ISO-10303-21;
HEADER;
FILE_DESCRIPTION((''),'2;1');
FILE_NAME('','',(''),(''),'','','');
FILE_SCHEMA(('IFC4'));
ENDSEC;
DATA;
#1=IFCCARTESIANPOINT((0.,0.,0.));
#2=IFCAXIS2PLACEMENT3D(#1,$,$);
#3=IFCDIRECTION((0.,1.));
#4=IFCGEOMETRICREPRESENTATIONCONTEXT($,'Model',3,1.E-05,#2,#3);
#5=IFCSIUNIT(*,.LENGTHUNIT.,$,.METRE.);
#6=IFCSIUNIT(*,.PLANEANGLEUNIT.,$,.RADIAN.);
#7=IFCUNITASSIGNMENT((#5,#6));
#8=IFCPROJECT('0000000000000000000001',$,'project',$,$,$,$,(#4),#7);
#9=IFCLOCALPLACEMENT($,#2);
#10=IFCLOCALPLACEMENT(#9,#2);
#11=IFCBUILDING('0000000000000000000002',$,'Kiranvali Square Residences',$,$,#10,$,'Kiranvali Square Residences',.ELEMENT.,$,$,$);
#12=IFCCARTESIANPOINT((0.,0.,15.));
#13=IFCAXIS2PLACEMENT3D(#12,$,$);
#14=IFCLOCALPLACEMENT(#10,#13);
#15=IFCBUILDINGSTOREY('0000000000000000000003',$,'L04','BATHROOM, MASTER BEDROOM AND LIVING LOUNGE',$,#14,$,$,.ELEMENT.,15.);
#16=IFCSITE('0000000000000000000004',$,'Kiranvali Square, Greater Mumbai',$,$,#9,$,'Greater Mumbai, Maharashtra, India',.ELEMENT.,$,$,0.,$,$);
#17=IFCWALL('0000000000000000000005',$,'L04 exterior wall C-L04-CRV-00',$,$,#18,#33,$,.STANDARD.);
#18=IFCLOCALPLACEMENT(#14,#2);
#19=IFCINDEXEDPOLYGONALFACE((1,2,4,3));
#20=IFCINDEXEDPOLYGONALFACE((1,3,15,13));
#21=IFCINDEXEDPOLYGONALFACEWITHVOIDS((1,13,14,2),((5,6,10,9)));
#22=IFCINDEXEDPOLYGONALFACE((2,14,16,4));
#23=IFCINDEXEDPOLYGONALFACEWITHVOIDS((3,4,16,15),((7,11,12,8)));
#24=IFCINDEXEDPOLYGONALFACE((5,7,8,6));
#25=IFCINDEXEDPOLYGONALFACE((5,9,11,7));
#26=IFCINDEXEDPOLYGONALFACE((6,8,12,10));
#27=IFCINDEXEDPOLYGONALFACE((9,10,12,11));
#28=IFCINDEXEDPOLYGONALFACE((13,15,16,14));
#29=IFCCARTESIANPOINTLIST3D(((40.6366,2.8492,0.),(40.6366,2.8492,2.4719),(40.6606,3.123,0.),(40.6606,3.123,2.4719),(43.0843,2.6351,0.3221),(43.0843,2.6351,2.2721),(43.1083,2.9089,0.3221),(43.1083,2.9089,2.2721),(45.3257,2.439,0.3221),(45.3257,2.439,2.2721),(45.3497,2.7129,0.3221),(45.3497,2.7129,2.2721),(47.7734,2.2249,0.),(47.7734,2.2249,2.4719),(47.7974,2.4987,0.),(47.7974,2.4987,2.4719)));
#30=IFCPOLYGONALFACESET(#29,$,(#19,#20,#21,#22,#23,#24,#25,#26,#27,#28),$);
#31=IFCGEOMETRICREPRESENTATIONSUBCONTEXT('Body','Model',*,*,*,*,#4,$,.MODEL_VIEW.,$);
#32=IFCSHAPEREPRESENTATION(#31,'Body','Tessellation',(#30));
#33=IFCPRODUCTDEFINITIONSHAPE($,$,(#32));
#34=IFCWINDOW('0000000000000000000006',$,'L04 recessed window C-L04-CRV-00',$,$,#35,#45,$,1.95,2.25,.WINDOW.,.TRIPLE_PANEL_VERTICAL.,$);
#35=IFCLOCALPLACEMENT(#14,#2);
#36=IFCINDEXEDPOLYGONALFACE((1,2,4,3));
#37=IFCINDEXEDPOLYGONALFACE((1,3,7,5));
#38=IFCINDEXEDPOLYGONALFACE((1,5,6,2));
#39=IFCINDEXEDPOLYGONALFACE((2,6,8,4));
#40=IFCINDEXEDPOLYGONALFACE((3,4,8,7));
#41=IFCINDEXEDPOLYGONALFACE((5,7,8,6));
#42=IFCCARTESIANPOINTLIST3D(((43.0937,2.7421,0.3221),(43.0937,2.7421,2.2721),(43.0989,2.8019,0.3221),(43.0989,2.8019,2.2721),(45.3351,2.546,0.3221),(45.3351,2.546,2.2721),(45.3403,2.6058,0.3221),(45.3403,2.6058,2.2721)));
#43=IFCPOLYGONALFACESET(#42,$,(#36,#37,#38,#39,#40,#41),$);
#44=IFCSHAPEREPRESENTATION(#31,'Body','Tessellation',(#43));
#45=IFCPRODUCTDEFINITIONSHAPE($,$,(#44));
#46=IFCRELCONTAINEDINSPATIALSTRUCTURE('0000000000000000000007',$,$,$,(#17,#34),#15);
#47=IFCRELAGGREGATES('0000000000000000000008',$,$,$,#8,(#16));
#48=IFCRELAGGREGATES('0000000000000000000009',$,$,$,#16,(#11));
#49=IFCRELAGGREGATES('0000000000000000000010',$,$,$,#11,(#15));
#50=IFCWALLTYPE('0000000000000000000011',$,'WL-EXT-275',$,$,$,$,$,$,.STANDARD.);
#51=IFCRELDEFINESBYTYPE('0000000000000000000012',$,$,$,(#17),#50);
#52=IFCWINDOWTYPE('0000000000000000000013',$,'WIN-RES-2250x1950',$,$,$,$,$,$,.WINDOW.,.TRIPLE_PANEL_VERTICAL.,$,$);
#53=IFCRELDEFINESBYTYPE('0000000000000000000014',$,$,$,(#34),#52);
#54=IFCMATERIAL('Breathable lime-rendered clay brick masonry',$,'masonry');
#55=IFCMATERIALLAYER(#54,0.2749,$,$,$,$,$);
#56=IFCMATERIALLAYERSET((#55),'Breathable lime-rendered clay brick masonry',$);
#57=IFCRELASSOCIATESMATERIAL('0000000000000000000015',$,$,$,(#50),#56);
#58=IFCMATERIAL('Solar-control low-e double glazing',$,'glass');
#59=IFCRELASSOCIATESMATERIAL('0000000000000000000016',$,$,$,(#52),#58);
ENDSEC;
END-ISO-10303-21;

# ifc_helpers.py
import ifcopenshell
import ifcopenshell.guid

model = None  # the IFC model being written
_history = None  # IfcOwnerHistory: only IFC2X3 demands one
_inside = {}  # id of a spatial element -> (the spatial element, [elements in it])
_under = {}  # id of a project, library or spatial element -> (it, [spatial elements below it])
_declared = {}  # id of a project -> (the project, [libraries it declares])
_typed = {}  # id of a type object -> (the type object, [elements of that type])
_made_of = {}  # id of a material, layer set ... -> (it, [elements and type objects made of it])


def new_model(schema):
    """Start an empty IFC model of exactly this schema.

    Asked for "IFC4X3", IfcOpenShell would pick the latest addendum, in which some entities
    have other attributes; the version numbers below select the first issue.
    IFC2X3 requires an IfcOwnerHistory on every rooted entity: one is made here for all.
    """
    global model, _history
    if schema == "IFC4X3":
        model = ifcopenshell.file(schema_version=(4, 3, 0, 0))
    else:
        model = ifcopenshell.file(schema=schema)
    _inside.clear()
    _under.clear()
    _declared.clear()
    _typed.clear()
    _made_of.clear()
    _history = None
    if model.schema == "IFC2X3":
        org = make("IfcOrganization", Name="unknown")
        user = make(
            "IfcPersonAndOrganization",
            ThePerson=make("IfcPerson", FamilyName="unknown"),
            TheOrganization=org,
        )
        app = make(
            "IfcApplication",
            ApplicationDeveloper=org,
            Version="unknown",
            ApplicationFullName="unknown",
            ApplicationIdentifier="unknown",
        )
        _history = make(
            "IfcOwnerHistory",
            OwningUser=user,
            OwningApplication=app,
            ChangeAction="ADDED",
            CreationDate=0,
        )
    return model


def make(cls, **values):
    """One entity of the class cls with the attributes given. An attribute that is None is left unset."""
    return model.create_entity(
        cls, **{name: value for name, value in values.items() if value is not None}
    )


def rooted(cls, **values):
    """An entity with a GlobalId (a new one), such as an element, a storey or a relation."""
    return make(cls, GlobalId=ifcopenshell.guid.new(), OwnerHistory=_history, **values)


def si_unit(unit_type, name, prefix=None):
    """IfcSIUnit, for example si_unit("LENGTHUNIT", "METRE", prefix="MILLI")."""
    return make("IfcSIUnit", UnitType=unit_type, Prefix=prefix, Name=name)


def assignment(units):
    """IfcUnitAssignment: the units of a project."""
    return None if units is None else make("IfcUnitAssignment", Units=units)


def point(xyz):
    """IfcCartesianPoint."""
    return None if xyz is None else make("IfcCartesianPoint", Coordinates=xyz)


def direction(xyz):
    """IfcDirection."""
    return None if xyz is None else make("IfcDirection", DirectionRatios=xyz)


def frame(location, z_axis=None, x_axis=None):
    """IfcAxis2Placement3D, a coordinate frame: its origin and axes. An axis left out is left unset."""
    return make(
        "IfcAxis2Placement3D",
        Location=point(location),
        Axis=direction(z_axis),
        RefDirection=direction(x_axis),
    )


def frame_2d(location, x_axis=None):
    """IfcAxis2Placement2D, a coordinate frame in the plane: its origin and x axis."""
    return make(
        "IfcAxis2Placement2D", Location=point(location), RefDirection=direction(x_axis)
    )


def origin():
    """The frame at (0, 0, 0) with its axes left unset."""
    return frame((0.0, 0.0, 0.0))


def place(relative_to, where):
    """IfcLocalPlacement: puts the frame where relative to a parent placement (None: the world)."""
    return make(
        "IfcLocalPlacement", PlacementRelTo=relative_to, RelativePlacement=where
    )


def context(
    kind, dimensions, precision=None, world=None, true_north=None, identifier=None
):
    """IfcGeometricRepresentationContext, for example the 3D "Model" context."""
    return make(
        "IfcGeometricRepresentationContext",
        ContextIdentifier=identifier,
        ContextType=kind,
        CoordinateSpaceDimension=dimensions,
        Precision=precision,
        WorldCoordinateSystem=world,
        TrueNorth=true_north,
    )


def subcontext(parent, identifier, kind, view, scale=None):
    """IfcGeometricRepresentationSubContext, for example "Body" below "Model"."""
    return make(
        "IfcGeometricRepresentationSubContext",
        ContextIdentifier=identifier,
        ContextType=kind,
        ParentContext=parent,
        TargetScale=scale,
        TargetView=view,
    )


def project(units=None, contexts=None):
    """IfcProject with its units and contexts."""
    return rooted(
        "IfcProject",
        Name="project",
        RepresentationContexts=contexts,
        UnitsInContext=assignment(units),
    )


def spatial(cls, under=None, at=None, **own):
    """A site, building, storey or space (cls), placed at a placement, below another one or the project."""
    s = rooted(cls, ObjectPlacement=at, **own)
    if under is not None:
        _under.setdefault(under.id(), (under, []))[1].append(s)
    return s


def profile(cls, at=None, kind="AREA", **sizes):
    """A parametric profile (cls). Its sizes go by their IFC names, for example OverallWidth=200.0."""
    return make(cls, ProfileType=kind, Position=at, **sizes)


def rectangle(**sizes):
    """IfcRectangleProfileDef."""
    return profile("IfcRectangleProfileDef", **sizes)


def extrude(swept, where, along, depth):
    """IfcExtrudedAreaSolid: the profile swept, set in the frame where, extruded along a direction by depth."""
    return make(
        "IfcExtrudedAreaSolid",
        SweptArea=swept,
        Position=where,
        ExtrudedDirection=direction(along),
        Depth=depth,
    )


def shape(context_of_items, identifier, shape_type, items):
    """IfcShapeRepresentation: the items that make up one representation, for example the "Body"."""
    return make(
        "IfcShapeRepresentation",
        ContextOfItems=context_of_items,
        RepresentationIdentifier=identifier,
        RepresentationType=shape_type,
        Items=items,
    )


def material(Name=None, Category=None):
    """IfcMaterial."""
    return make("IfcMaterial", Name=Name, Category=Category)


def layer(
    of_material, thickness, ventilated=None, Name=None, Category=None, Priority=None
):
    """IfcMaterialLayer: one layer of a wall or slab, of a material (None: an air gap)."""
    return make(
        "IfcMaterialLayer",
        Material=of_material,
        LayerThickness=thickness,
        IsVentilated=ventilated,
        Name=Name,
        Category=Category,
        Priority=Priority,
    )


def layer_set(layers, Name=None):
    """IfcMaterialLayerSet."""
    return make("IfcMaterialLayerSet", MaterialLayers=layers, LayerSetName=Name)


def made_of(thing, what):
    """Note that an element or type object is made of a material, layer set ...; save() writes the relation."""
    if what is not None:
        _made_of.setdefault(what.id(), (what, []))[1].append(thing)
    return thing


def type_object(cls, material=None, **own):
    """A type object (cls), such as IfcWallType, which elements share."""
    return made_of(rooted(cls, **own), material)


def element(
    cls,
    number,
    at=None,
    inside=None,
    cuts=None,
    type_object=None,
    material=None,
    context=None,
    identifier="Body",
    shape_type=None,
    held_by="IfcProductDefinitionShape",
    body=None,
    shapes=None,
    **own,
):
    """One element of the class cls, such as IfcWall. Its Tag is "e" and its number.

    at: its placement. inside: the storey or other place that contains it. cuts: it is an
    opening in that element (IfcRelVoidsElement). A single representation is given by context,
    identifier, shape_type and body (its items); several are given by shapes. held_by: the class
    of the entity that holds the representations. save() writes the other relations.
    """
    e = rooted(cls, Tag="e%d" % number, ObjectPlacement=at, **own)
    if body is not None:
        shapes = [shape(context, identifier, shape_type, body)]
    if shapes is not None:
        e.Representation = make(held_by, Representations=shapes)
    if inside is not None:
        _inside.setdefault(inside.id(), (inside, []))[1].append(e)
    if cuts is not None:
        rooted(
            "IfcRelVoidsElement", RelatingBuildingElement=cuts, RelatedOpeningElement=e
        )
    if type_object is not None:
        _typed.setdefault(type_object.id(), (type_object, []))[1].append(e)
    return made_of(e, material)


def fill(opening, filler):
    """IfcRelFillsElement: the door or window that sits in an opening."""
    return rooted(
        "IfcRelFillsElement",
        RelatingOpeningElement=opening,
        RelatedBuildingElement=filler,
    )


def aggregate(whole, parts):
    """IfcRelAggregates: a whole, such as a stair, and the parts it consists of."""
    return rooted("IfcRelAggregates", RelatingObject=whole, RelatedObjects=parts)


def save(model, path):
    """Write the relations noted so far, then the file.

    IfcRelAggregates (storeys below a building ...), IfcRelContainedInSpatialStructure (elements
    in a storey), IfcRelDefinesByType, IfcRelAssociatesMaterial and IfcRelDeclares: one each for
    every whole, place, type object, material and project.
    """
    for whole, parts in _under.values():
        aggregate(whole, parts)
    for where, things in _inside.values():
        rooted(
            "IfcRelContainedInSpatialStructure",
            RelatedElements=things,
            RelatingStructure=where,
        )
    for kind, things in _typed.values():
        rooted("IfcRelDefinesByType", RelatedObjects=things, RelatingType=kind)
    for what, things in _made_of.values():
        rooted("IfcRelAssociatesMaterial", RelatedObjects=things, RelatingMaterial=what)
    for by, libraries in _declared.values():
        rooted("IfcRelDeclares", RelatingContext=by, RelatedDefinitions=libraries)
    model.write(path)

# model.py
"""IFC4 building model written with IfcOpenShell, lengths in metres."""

from ifc_helpers import new_model, si_unit, direction, frame, frame_2d, origin, place, context, subcontext, project, spatial, rectangle, extrude, material, layer, layer_set, type_object, element, fill, save


model = new_model("IFC4")

# Units and contexts
model_context = context("Model", 3, precision=1e-05, world=origin(), true_north=direction((0.0, 1.0)))
body_context = subcontext(model_context, "Body", "Model", "MODEL_VIEW")
ifc_project = project(units=[si_unit("LENGTHUNIT", "METRE"), si_unit("PLANEANGLEUNIT", "RADIAN")], contexts=[model_context])

# Site, building, storey
site_placement = place(None, origin())
site = spatial("IfcSite", under=ifc_project, at=site_placement, Name="Kiranvali Square, Greater Mumbai", LongName="Greater Mumbai, Maharashtra, India", CompositionType="ELEMENT", RefElevation=0.0)
building_placement = place(site_placement, origin())
building = spatial("IfcBuilding", under=site, at=building_placement, Name="Kiranvali Square Residences", LongName="Kiranvali Square Residences", CompositionType="ELEMENT")
storey_placement = place(building_placement, frame((0.0, 0.0, 15.0)))
storey = spatial("IfcBuildingStorey", under=building, at=storey_placement, Name="L04", Description="BATHROOM, MASTER BEDROOM AND LIVING LOUNGE", CompositionType="ELEMENT", Elevation=15.0)

# Wall, opening, window
ifc_material_1 = material(Name="Breathable lime-rendered clay brick masonry", Category="masonry")
ifc_layer = layer(ifc_material_1, 0.2749)
ifc_layer_set = layer_set([ifc_layer], Name="Breathable lime-rendered clay brick masonry")
wall_type = type_object("IfcWallType", Name="WL-EXT-275", PredefinedType="STANDARD", material=ifc_layer_set)
wall_1_placement = place(storey_placement, frame((47.7854, 2.3618, 0.0), z_axis=(0.0, 0.0, 1.0), x_axis=(-0.996196, 0.08714, 0.0)))
wall_1 = element("IfcWall", 1, at=wall_1_placement, inside=storey, type_object=wall_type, Name="L04 exterior wall C-L04-CRV-00", PredefinedType="STANDARD", context=body_context, shape_type="SweptSolid", body=[
    extrude(rectangle(XDim=7.1641, YDim=0.2749, at=frame_2d((3.582, 0.0))), origin(), (0.0, 0.0, 1.0), 2.4719),
])
opening_1_placement = place(wall_1_placement, frame((2.457, 0.0, 0.322)))
opening_1 = element("IfcOpeningElement", 2, at=opening_1_placement, cuts=wall_1, PredefinedType="OPENING", context=body_context, shape_type="SweptSolid", body=[
    extrude(rectangle(XDim=2.25, YDim=1.95, at=frame_2d((1.125, 0.9751))), frame((0.0, 0.1475, 0.0), z_axis=(0.0, -1.0, 0.0), x_axis=(1.0, 0.0, 0.0)), (0.0, 0.0, 1.0), 0.2949),
])
ifc_material_2 = material(Name="Solar-control low-e double glazing", Category="glass")
window_type_1 = type_object("IfcWindowType", Name="WIN-RES-2250x1950", PartitioningType="TRIPLE_PANEL_VERTICAL", PredefinedType="WINDOW", material=ifc_material_2)
window_1_placement = place(opening_1_placement, origin())
window_1 = element("IfcWindow", 3, at=window_1_placement, inside=storey, type_object=window_type_1, Name="L04 recessed window C-L04-CRV-00", OverallHeight=1.95, OverallWidth=2.25, PartitioningType="TRIPLE_PANEL_VERTICAL", PredefinedType="WINDOW", context=body_context, shape_type="SweptSolid", body=[
    extrude(rectangle(XDim=2.25, YDim=1.95, at=frame_2d((1.125, 0.9751))), frame((0.0, 0.03, 0.0), z_axis=(0.0, -1.0, 0.0), x_axis=(1.0, 0.0, 0.0)), (0.0, 0.0, 1.0), 0.0601),
])
fill(opening_1, window_1)

save(model, "model.ifc")
